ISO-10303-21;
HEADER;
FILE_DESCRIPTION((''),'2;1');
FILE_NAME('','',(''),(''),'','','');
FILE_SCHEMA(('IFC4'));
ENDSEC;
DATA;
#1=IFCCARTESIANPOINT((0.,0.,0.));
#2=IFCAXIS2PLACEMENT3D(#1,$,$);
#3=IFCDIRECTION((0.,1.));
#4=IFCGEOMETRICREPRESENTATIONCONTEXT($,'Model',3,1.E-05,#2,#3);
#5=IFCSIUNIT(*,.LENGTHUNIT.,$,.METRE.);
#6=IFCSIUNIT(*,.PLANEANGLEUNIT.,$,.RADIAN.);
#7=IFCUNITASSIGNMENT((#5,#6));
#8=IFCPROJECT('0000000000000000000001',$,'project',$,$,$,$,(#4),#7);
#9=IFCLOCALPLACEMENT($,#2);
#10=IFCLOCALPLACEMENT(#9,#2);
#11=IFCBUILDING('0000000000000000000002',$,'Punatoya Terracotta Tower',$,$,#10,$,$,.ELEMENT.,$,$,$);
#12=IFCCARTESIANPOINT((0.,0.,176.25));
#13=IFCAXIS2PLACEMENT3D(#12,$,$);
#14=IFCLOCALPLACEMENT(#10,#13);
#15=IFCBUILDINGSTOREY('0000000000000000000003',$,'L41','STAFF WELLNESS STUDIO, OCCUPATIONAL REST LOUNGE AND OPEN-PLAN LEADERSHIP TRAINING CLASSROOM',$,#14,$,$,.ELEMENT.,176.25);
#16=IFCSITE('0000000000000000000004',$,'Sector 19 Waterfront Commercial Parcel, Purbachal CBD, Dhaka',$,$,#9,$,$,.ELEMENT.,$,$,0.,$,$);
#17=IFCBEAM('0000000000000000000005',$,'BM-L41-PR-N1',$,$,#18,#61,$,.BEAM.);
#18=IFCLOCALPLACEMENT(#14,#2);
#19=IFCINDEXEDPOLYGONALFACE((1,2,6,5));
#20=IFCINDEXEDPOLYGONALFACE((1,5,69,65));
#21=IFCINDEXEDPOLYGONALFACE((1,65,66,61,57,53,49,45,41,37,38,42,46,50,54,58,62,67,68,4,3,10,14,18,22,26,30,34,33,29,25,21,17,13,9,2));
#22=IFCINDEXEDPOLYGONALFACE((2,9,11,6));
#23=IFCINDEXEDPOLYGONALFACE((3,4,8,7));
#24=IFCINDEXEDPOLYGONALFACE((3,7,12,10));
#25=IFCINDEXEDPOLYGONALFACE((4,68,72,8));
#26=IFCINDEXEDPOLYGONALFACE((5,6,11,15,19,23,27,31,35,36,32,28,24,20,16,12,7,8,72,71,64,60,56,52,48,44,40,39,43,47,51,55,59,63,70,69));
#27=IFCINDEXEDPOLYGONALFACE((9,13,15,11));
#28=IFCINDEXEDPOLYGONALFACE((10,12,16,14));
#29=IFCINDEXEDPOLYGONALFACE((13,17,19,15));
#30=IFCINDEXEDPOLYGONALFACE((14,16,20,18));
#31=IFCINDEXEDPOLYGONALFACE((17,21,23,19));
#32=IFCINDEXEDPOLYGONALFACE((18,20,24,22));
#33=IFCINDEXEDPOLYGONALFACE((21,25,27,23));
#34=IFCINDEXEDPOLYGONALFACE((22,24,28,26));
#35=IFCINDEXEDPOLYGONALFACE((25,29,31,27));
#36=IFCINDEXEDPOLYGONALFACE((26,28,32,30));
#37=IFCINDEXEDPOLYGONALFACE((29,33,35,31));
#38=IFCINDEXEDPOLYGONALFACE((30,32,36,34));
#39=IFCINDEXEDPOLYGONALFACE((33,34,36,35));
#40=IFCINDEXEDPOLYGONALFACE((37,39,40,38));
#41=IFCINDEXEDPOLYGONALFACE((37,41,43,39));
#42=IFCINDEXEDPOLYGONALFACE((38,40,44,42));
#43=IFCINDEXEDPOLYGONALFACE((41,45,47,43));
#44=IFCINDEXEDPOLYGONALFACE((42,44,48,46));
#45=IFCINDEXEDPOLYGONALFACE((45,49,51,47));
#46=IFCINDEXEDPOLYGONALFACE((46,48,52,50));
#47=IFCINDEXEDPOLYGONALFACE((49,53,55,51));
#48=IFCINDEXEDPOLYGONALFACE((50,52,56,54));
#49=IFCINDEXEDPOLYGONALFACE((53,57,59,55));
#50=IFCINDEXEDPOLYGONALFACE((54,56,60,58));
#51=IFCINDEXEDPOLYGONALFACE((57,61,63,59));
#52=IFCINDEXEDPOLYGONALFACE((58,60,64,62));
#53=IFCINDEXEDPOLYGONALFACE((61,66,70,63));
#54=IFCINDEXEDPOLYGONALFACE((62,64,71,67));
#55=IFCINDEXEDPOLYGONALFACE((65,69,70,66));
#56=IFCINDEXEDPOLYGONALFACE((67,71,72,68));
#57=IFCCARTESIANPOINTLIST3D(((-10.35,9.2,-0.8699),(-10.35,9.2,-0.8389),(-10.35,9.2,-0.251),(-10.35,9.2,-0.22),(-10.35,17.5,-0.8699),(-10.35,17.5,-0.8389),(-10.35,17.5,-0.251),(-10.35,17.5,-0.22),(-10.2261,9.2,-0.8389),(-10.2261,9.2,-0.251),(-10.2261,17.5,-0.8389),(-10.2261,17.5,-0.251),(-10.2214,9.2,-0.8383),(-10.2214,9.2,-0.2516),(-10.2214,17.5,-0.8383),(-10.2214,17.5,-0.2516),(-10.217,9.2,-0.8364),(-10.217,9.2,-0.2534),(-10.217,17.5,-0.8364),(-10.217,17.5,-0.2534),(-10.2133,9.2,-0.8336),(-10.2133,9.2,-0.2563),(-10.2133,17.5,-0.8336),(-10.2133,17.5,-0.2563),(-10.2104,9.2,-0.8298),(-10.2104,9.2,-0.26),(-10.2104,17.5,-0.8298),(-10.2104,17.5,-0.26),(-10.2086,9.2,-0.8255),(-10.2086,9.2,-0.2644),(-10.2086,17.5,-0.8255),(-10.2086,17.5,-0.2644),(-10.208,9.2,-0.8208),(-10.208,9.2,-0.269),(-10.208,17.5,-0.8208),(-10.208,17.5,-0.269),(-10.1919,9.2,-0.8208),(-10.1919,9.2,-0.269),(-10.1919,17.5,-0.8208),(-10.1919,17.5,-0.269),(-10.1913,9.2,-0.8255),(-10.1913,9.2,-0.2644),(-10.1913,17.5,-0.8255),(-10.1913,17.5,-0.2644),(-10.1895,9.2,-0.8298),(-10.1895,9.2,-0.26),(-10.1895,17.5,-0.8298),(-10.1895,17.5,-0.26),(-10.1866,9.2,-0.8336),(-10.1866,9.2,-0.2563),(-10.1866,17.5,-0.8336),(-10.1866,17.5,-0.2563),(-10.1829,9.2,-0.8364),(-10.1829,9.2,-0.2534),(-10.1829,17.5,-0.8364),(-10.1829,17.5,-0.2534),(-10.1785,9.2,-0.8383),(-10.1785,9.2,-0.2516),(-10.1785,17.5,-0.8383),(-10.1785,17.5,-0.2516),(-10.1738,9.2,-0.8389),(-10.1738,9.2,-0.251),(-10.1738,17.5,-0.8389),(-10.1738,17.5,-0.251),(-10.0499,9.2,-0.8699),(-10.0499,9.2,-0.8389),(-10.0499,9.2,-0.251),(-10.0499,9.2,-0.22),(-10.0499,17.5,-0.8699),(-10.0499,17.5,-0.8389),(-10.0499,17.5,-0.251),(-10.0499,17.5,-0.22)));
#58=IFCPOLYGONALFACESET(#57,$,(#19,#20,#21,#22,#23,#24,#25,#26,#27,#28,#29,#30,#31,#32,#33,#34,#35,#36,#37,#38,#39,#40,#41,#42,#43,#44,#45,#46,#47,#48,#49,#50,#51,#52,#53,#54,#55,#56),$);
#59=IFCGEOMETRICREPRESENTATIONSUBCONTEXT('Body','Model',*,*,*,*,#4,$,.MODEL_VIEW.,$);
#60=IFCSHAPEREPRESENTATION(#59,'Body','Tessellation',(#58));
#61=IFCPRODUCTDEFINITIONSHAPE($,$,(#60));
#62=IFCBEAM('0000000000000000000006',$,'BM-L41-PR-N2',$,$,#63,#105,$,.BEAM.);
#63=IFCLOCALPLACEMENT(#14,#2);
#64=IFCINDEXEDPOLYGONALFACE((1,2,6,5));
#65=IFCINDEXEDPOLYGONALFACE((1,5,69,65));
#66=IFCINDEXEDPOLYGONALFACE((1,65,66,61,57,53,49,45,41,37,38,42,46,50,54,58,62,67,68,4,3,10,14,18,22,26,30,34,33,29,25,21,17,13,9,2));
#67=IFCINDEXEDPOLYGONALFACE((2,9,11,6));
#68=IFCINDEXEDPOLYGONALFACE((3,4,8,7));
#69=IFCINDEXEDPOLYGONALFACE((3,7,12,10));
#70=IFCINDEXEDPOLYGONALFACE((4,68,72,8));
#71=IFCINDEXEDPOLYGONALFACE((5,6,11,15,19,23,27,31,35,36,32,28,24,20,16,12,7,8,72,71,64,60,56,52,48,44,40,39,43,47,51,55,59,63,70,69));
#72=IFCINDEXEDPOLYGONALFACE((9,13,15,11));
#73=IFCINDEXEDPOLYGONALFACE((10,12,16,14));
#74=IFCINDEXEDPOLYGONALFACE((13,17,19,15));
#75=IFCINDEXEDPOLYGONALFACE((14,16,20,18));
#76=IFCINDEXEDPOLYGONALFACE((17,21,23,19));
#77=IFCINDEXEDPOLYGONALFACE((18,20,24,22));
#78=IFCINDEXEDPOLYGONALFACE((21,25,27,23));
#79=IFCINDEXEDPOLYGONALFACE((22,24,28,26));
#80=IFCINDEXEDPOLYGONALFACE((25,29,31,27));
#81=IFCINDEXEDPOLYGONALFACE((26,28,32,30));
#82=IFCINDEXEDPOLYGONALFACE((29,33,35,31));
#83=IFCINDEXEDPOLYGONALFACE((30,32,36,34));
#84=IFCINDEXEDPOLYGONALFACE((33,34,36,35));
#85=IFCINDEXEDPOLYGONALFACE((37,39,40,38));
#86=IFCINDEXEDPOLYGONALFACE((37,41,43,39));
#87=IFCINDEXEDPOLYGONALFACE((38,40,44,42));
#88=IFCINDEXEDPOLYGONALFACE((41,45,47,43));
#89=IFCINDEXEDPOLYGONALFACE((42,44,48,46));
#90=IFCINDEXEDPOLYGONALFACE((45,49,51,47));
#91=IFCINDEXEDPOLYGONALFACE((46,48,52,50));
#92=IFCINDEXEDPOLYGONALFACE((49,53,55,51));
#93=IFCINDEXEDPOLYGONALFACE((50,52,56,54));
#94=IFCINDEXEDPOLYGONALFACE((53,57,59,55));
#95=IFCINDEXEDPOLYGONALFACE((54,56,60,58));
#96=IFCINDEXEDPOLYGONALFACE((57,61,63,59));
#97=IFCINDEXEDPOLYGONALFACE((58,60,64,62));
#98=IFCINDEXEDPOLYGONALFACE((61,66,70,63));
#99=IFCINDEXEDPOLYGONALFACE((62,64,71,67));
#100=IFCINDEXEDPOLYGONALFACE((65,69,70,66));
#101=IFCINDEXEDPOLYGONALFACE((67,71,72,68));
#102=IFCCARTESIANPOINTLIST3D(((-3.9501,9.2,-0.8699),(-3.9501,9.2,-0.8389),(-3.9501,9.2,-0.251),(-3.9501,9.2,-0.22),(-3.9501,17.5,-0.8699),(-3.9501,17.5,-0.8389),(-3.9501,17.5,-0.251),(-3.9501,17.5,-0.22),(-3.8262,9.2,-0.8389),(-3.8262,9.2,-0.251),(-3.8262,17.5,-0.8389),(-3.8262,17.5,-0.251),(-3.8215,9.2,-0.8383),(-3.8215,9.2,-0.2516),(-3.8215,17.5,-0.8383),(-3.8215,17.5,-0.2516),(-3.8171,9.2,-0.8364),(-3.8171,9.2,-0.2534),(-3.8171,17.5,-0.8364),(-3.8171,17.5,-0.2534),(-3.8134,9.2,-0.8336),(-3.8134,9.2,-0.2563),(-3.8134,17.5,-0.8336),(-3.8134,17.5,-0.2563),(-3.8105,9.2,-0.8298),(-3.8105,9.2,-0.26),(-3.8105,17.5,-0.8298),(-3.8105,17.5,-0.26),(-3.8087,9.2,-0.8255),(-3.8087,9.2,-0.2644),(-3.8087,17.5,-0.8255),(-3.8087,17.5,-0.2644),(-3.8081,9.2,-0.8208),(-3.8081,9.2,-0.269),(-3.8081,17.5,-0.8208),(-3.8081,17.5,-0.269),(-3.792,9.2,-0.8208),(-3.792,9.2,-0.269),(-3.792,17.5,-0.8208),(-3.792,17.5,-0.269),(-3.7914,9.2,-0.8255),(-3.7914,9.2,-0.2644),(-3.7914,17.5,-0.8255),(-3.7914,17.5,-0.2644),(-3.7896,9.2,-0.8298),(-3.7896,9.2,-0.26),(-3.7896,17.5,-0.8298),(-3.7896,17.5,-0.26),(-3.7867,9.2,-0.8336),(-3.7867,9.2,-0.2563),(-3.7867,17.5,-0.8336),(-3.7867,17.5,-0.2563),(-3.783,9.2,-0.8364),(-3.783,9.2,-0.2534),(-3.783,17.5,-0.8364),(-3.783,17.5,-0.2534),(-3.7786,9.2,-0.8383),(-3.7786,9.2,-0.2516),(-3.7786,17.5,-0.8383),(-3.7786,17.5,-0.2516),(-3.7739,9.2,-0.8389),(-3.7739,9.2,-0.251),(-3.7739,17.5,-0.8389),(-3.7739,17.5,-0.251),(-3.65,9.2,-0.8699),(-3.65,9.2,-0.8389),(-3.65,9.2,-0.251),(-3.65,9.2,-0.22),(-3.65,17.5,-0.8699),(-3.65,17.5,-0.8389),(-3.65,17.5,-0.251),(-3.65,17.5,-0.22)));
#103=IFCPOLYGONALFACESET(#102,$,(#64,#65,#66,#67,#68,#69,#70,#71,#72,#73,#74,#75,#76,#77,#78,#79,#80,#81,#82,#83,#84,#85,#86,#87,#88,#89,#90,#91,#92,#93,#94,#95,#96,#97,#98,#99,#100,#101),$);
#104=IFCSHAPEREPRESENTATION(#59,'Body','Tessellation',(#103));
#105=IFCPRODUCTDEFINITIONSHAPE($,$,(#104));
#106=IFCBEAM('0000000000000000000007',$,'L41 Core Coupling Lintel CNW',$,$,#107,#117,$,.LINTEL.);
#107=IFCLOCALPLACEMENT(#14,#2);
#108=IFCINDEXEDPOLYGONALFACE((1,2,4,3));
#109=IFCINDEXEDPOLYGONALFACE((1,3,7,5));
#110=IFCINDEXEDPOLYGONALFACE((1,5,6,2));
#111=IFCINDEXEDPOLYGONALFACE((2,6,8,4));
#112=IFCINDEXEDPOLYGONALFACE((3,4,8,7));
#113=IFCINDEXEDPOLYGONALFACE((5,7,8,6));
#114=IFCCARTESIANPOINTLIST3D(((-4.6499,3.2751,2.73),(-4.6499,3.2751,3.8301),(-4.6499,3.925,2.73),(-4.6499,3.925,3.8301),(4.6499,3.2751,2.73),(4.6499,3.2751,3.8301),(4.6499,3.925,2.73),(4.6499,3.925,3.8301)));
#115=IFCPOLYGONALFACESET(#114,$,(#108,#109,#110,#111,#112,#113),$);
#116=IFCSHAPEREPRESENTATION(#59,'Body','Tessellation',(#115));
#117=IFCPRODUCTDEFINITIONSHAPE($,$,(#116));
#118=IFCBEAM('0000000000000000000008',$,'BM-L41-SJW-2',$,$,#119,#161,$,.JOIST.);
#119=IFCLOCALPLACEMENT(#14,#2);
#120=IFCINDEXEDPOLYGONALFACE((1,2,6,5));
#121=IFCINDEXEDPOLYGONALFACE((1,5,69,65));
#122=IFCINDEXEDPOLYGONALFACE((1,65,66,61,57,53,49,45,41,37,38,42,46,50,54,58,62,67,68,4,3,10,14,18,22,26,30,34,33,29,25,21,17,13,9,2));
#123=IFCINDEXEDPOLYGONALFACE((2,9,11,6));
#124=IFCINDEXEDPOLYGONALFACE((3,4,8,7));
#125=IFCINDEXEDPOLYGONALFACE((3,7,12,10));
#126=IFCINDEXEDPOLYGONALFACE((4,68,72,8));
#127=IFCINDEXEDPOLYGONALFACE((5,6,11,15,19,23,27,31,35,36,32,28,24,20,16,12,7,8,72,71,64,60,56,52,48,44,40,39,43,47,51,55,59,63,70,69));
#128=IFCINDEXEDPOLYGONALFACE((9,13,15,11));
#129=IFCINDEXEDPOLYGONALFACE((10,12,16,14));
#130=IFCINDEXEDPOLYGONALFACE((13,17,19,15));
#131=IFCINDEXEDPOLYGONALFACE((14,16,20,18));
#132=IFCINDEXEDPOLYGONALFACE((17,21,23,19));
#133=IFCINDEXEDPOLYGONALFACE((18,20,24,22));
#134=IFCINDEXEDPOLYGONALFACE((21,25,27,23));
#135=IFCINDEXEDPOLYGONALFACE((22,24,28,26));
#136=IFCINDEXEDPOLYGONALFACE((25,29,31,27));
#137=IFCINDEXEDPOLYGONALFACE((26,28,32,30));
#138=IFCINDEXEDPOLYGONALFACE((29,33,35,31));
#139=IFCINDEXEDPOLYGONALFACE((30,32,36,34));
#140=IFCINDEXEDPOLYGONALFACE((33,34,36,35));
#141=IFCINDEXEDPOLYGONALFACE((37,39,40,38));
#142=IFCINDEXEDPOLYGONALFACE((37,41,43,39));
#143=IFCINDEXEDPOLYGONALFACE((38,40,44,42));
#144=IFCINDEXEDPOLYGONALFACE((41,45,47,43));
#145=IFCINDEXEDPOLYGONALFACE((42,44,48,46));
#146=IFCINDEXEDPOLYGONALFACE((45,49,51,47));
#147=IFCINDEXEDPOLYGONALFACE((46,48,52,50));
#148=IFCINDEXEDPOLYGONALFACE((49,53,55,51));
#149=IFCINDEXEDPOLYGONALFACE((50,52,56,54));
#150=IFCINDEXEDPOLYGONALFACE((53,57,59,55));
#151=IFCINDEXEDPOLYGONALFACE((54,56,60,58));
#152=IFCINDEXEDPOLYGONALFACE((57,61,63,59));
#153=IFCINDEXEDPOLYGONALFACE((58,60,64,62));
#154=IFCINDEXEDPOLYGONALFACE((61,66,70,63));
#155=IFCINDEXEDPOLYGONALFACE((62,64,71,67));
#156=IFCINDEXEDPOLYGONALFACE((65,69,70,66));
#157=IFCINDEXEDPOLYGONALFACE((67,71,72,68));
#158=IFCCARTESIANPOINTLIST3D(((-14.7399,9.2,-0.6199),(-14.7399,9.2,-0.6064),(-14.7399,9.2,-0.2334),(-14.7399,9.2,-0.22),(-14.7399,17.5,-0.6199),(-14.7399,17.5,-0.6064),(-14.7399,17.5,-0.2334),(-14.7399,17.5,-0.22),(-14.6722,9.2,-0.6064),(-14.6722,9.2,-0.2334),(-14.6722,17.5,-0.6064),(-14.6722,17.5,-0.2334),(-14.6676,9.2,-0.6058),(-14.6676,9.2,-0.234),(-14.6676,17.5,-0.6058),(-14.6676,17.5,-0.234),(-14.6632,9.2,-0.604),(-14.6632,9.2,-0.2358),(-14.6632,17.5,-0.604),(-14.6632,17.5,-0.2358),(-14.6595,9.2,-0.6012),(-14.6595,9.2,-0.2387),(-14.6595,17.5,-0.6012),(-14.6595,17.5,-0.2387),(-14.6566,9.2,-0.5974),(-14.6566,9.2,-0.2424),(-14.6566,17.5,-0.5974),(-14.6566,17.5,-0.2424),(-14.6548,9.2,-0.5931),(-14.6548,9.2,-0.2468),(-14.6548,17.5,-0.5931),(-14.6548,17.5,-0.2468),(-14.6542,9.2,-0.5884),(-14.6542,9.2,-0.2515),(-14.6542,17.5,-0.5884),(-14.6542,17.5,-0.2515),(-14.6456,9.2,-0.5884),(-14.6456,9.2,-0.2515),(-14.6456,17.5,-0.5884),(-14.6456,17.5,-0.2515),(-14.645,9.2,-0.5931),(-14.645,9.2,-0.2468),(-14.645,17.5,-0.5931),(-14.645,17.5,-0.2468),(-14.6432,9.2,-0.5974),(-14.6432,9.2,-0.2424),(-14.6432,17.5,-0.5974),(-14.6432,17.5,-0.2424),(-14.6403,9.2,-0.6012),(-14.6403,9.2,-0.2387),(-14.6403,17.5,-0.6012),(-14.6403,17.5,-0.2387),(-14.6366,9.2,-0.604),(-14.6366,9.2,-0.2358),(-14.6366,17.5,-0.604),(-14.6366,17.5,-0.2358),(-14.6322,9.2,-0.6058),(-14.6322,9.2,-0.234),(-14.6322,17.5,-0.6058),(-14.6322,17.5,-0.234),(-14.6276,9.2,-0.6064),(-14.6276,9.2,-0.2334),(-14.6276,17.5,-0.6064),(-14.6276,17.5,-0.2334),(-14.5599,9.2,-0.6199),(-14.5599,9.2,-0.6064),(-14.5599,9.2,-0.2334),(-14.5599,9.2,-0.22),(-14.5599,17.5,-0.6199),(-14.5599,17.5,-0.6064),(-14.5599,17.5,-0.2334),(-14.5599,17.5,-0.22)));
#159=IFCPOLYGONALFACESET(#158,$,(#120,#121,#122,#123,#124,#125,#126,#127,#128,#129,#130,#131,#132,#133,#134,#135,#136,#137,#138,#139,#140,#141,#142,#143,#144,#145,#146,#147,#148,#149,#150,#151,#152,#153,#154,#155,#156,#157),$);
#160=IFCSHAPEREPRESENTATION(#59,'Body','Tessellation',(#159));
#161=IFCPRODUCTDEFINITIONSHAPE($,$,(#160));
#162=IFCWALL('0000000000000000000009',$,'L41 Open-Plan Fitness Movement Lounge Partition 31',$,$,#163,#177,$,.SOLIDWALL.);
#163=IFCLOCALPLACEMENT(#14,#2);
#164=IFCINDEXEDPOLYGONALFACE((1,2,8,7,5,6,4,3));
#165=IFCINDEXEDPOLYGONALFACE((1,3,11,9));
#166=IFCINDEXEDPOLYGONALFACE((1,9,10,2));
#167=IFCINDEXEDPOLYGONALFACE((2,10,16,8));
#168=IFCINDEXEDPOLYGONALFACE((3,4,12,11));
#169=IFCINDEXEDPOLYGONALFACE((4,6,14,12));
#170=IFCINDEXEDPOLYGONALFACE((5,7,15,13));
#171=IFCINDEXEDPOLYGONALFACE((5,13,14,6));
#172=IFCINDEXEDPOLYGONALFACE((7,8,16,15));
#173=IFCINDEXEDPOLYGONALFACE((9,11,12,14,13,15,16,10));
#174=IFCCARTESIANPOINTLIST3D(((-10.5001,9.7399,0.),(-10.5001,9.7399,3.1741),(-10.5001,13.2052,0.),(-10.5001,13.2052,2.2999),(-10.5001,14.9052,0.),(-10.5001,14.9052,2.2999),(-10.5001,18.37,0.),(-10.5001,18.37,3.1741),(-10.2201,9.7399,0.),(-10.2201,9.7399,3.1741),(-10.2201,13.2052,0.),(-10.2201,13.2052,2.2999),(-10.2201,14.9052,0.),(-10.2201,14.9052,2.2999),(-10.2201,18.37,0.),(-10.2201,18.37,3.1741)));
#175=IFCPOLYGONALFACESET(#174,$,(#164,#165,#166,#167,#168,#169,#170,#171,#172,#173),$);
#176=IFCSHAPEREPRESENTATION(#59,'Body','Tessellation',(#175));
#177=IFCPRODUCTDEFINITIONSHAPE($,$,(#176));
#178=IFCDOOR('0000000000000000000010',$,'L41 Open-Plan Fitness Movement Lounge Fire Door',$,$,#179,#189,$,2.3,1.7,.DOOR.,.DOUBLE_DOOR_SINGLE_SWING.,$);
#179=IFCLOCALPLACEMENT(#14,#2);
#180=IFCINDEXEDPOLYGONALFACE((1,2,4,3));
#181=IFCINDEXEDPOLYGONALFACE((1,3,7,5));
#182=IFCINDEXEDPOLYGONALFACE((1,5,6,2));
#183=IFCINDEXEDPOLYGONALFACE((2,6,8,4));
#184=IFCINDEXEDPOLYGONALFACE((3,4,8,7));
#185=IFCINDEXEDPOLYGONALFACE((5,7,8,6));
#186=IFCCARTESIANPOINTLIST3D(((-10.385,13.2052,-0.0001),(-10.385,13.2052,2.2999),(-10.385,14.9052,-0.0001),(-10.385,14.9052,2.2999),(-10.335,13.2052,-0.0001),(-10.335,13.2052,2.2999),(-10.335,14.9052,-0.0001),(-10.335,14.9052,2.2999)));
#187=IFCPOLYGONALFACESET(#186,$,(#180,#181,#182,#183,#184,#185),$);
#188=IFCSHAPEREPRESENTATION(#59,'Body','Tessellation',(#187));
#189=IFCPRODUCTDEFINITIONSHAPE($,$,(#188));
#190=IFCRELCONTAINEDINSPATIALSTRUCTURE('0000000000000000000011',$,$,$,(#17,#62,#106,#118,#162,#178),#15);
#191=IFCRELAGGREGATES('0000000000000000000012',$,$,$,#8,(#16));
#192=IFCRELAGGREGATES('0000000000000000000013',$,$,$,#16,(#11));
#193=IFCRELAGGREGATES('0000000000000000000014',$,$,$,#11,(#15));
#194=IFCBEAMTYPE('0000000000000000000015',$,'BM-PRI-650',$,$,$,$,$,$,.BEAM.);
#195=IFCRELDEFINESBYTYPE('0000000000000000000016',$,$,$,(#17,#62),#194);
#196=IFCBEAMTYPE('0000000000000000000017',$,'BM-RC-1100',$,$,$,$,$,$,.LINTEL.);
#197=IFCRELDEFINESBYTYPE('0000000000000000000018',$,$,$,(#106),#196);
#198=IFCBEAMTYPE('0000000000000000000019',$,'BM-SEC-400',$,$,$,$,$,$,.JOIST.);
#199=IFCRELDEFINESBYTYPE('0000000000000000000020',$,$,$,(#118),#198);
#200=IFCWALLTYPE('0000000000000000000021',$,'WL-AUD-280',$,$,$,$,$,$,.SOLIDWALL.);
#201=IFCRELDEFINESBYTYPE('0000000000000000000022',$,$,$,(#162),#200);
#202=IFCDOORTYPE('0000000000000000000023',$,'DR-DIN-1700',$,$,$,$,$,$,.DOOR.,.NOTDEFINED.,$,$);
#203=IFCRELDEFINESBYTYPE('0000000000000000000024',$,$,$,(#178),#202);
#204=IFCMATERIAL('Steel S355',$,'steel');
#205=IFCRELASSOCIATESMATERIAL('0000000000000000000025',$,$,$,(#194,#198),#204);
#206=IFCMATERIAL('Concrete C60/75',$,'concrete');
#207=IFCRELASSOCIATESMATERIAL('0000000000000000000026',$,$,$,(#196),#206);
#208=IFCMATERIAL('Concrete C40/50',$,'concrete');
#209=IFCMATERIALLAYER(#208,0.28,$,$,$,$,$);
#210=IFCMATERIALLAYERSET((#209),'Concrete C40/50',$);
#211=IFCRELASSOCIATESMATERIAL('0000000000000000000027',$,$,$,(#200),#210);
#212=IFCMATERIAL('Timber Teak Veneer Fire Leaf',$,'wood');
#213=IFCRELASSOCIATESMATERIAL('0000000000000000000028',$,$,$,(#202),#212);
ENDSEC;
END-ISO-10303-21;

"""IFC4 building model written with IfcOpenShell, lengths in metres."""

from ifc_helpers import new_model, si_unit, direction, frame, frame_2d, origin, origin_2d, place, context, subcontext, project, spatial, rectangle, i_section, extrude, material, layer, layer_set, material_profile, profile_set, type_object, element, fill, save


model = new_model("IFC4")

# Units and contexts
model_context = context("Model", 3, precision=1e-05, world=origin(), true_north=direction((0.0, 1.0)))
body_context = subcontext(model_context, "Body", "Model", "MODEL_VIEW")
ifc_project = project(units=[si_unit("LENGTHUNIT", "METRE"), si_unit("PLANEANGLEUNIT", "RADIAN")], contexts=[model_context])

# Site, building, storey
site_placement = place(None, origin())
site = spatial("IfcSite", under=ifc_project, at=site_placement, Name="Sector 19 Waterfront Commercial Parcel, Purbachal CBD, Dhaka", CompositionType="ELEMENT", RefElevation=0.0)
building_placement = place(site_placement, origin())
building = spatial("IfcBuilding", under=site, at=building_placement, Name="Punatoya Terracotta Tower", CompositionType="ELEMENT")
storey_placement = place(building_placement, frame((0.0, 0.0, 176.25)))
storey = spatial("IfcBuildingStorey", under=building, at=storey_placement, Name="L41", Description="STAFF WELLNESS STUDIO, OCCUPATIONAL REST LOUNGE AND OPEN-PLAN LEADERSHIP TRAINING CLASSROOM", CompositionType="ELEMENT", Elevation=176.25)

# Beams
ifc_material_1 = material(Name="Steel S355", Category="steel")
ifc_material_profile_1 = material_profile(ifc_material_1, i_section(OverallWidth=0.3, OverallDepth=0.6499, WebThickness=0.0161, FlangeThickness=0.031, FilletRadius=0.0181, at=origin_2d()))
ifc_profile_set_1 = profile_set([ifc_material_profile_1], Name="Steel S355")
beam_type_1 = type_object("IfcBeamType", Name="BM-PRI-650", PredefinedType="BEAM", material=ifc_profile_set_1)
for number, where, z_axis, x_axis, name in (
    (1, (-10.2, 9.2, -0.5449), (0.0, 1.0, 0.0), (-1.0, 0.0, 0.0), "BM-L41-PR-N1"),
    (2, (-3.8, 9.2, -0.5449), (0.0, 1.0, 0.0), (-1.0, 0.0, 0.0), "BM-L41-PR-N2"),
):
    element("IfcBeam", number, at=place(storey_placement, frame(where, z_axis=z_axis, x_axis=x_axis)), inside=storey, type_object=beam_type_1, Name=name, PredefinedType="BEAM", context=body_context, shape_type="SweptSolid", body=[
        extrude(i_section(OverallWidth=0.3, OverallDepth=0.6499, WebThickness=0.0161, FlangeThickness=0.031, FilletRadius=0.0181, at=origin_2d()), origin(), (0.0, 0.0, 1.0), 8.3),
    ])
ifc_material_2 = material(Name="Concrete C60/75", Category="concrete")
ifc_material_profile_2 = material_profile(ifc_material_2, rectangle(XDim=0.6499, YDim=1.1001, at=origin_2d()))
ifc_profile_set_2 = profile_set([ifc_material_profile_2], Name="Concrete C60/75")
beam_type_2 = type_object("IfcBeamType", Name="BM-RC-1100", PredefinedType="LINTEL", material=ifc_profile_set_2)
beam_1_placement = place(storey_placement, frame((-4.6499, 3.6001, 3.28), z_axis=(1.0, 0.0, 0.0), x_axis=(0.0, 1.0, 0.0)))
element("IfcBeam", 3, at=beam_1_placement, inside=storey, type_object=beam_type_2, Name="L41 Core Coupling Lintel CNW", PredefinedType="LINTEL", context=body_context, shape_type="SweptSolid", body=[
    extrude(rectangle(XDim=0.6499, YDim=1.1001, at=origin_2d()), origin(), (0.0, 0.0, 1.0), 9.2998),
])
ifc_material_profile_3 = material_profile(ifc_material_1, i_section(OverallWidth=0.1799, OverallDepth=0.3999, WebThickness=0.0085, FlangeThickness=0.0134, FilletRadius=0.0181, at=origin_2d()))
ifc_profile_set_3 = profile_set([ifc_material_profile_3], Name="Steel S355")
beam_type_3 = type_object("IfcBeamType", Name="BM-SEC-400", PredefinedType="JOIST", material=ifc_profile_set_3)
beam_2_placement = place(storey_placement, frame((-14.6499, 9.2, -0.4199), z_axis=(0.0, 1.0, 0.0), x_axis=(-1.0, 0.0, 0.0)))
element("IfcBeam", 4, at=beam_2_placement, inside=storey, type_object=beam_type_3, Name="BM-L41-SJW-2", PredefinedType="JOIST", context=body_context, shape_type="SweptSolid", body=[
    extrude(i_section(OverallWidth=0.1799, OverallDepth=0.3999, WebThickness=0.0085, FlangeThickness=0.0134, FilletRadius=0.0181, at=origin_2d()), origin(), (0.0, 0.0, 1.0), 8.3),
])

# Wall, opening, door
ifc_material_3 = material(Name="Concrete C40/50", Category="concrete")
ifc_layer_1 = layer(ifc_material_3, 0.28)
ifc_layer_set_1 = layer_set([ifc_layer_1], Name="Concrete C40/50")
wall_type_1 = type_object("IfcWallType", Name="WL-AUD-280", PredefinedType="SOLIDWALL", material=ifc_layer_set_1)
wall_1_placement = place(storey_placement, frame((-10.3601, 9.74, 0.0), z_axis=(0.0, 0.0, 1.0), x_axis=(0.0, 1.0, 0.0)))
wall_1 = element("IfcWall", 5, at=wall_1_placement, inside=storey, type_object=wall_type_1, Name="L41 Open-Plan Fitness Movement Lounge Partition 31", PredefinedType="SOLIDWALL", context=body_context, shape_type="SweptSolid", body=[
    extrude(rectangle(XDim=8.6301, YDim=0.28, at=frame_2d((4.3149, 0.0))), origin(), (0.0, 0.0, 1.0), 3.1741),
])
opening_1_placement = place(wall_1_placement, frame((3.4651, 0.0, 0.0)))
opening_1 = element("IfcOpeningElement", 6, at=opening_1_placement, cuts=wall_1, PredefinedType="OPENING", context=body_context, shape_type="SweptSolid", body=[
    extrude(rectangle(XDim=1.7, YDim=2.3, at=frame_2d((0.8501, 1.1499))), frame((0.0, 0.1499, 0.0), z_axis=(0.0, -1.0, 0.0), x_axis=(1.0, 0.0, 0.0)), (0.0, 0.0, 1.0), 0.3),
])
ifc_material_4 = material(Name="Timber Teak Veneer Fire Leaf", Category="wood")
door_type_1 = type_object("IfcDoorType", Name="DR-DIN-1700", OperationType="NOTDEFINED", PredefinedType="DOOR", material=ifc_material_4)
door_1_placement = place(opening_1_placement, origin())
door_1 = element("IfcDoor", 7, at=door_1_placement, inside=storey, type_object=door_type_1, Name="L41 Open-Plan Fitness Movement Lounge Fire Door", OperationType="DOUBLE_DOOR_SINGLE_SWING", OverallHeight=2.3, OverallWidth=1.7, PredefinedType="DOOR", context=body_context, shape_type="SweptSolid", body=[
    extrude(rectangle(XDim=1.7, YDim=2.3, at=frame_2d((0.8501, 1.1499))), frame((0.0, 0.0249, 0.0), z_axis=(0.0, -1.0, 0.0), x_axis=(1.0, 0.0, 0.0)), (0.0, 0.0, 1.0), 0.05),
])
fill(opening_1, door_1)

save(model, "model.ifc")
